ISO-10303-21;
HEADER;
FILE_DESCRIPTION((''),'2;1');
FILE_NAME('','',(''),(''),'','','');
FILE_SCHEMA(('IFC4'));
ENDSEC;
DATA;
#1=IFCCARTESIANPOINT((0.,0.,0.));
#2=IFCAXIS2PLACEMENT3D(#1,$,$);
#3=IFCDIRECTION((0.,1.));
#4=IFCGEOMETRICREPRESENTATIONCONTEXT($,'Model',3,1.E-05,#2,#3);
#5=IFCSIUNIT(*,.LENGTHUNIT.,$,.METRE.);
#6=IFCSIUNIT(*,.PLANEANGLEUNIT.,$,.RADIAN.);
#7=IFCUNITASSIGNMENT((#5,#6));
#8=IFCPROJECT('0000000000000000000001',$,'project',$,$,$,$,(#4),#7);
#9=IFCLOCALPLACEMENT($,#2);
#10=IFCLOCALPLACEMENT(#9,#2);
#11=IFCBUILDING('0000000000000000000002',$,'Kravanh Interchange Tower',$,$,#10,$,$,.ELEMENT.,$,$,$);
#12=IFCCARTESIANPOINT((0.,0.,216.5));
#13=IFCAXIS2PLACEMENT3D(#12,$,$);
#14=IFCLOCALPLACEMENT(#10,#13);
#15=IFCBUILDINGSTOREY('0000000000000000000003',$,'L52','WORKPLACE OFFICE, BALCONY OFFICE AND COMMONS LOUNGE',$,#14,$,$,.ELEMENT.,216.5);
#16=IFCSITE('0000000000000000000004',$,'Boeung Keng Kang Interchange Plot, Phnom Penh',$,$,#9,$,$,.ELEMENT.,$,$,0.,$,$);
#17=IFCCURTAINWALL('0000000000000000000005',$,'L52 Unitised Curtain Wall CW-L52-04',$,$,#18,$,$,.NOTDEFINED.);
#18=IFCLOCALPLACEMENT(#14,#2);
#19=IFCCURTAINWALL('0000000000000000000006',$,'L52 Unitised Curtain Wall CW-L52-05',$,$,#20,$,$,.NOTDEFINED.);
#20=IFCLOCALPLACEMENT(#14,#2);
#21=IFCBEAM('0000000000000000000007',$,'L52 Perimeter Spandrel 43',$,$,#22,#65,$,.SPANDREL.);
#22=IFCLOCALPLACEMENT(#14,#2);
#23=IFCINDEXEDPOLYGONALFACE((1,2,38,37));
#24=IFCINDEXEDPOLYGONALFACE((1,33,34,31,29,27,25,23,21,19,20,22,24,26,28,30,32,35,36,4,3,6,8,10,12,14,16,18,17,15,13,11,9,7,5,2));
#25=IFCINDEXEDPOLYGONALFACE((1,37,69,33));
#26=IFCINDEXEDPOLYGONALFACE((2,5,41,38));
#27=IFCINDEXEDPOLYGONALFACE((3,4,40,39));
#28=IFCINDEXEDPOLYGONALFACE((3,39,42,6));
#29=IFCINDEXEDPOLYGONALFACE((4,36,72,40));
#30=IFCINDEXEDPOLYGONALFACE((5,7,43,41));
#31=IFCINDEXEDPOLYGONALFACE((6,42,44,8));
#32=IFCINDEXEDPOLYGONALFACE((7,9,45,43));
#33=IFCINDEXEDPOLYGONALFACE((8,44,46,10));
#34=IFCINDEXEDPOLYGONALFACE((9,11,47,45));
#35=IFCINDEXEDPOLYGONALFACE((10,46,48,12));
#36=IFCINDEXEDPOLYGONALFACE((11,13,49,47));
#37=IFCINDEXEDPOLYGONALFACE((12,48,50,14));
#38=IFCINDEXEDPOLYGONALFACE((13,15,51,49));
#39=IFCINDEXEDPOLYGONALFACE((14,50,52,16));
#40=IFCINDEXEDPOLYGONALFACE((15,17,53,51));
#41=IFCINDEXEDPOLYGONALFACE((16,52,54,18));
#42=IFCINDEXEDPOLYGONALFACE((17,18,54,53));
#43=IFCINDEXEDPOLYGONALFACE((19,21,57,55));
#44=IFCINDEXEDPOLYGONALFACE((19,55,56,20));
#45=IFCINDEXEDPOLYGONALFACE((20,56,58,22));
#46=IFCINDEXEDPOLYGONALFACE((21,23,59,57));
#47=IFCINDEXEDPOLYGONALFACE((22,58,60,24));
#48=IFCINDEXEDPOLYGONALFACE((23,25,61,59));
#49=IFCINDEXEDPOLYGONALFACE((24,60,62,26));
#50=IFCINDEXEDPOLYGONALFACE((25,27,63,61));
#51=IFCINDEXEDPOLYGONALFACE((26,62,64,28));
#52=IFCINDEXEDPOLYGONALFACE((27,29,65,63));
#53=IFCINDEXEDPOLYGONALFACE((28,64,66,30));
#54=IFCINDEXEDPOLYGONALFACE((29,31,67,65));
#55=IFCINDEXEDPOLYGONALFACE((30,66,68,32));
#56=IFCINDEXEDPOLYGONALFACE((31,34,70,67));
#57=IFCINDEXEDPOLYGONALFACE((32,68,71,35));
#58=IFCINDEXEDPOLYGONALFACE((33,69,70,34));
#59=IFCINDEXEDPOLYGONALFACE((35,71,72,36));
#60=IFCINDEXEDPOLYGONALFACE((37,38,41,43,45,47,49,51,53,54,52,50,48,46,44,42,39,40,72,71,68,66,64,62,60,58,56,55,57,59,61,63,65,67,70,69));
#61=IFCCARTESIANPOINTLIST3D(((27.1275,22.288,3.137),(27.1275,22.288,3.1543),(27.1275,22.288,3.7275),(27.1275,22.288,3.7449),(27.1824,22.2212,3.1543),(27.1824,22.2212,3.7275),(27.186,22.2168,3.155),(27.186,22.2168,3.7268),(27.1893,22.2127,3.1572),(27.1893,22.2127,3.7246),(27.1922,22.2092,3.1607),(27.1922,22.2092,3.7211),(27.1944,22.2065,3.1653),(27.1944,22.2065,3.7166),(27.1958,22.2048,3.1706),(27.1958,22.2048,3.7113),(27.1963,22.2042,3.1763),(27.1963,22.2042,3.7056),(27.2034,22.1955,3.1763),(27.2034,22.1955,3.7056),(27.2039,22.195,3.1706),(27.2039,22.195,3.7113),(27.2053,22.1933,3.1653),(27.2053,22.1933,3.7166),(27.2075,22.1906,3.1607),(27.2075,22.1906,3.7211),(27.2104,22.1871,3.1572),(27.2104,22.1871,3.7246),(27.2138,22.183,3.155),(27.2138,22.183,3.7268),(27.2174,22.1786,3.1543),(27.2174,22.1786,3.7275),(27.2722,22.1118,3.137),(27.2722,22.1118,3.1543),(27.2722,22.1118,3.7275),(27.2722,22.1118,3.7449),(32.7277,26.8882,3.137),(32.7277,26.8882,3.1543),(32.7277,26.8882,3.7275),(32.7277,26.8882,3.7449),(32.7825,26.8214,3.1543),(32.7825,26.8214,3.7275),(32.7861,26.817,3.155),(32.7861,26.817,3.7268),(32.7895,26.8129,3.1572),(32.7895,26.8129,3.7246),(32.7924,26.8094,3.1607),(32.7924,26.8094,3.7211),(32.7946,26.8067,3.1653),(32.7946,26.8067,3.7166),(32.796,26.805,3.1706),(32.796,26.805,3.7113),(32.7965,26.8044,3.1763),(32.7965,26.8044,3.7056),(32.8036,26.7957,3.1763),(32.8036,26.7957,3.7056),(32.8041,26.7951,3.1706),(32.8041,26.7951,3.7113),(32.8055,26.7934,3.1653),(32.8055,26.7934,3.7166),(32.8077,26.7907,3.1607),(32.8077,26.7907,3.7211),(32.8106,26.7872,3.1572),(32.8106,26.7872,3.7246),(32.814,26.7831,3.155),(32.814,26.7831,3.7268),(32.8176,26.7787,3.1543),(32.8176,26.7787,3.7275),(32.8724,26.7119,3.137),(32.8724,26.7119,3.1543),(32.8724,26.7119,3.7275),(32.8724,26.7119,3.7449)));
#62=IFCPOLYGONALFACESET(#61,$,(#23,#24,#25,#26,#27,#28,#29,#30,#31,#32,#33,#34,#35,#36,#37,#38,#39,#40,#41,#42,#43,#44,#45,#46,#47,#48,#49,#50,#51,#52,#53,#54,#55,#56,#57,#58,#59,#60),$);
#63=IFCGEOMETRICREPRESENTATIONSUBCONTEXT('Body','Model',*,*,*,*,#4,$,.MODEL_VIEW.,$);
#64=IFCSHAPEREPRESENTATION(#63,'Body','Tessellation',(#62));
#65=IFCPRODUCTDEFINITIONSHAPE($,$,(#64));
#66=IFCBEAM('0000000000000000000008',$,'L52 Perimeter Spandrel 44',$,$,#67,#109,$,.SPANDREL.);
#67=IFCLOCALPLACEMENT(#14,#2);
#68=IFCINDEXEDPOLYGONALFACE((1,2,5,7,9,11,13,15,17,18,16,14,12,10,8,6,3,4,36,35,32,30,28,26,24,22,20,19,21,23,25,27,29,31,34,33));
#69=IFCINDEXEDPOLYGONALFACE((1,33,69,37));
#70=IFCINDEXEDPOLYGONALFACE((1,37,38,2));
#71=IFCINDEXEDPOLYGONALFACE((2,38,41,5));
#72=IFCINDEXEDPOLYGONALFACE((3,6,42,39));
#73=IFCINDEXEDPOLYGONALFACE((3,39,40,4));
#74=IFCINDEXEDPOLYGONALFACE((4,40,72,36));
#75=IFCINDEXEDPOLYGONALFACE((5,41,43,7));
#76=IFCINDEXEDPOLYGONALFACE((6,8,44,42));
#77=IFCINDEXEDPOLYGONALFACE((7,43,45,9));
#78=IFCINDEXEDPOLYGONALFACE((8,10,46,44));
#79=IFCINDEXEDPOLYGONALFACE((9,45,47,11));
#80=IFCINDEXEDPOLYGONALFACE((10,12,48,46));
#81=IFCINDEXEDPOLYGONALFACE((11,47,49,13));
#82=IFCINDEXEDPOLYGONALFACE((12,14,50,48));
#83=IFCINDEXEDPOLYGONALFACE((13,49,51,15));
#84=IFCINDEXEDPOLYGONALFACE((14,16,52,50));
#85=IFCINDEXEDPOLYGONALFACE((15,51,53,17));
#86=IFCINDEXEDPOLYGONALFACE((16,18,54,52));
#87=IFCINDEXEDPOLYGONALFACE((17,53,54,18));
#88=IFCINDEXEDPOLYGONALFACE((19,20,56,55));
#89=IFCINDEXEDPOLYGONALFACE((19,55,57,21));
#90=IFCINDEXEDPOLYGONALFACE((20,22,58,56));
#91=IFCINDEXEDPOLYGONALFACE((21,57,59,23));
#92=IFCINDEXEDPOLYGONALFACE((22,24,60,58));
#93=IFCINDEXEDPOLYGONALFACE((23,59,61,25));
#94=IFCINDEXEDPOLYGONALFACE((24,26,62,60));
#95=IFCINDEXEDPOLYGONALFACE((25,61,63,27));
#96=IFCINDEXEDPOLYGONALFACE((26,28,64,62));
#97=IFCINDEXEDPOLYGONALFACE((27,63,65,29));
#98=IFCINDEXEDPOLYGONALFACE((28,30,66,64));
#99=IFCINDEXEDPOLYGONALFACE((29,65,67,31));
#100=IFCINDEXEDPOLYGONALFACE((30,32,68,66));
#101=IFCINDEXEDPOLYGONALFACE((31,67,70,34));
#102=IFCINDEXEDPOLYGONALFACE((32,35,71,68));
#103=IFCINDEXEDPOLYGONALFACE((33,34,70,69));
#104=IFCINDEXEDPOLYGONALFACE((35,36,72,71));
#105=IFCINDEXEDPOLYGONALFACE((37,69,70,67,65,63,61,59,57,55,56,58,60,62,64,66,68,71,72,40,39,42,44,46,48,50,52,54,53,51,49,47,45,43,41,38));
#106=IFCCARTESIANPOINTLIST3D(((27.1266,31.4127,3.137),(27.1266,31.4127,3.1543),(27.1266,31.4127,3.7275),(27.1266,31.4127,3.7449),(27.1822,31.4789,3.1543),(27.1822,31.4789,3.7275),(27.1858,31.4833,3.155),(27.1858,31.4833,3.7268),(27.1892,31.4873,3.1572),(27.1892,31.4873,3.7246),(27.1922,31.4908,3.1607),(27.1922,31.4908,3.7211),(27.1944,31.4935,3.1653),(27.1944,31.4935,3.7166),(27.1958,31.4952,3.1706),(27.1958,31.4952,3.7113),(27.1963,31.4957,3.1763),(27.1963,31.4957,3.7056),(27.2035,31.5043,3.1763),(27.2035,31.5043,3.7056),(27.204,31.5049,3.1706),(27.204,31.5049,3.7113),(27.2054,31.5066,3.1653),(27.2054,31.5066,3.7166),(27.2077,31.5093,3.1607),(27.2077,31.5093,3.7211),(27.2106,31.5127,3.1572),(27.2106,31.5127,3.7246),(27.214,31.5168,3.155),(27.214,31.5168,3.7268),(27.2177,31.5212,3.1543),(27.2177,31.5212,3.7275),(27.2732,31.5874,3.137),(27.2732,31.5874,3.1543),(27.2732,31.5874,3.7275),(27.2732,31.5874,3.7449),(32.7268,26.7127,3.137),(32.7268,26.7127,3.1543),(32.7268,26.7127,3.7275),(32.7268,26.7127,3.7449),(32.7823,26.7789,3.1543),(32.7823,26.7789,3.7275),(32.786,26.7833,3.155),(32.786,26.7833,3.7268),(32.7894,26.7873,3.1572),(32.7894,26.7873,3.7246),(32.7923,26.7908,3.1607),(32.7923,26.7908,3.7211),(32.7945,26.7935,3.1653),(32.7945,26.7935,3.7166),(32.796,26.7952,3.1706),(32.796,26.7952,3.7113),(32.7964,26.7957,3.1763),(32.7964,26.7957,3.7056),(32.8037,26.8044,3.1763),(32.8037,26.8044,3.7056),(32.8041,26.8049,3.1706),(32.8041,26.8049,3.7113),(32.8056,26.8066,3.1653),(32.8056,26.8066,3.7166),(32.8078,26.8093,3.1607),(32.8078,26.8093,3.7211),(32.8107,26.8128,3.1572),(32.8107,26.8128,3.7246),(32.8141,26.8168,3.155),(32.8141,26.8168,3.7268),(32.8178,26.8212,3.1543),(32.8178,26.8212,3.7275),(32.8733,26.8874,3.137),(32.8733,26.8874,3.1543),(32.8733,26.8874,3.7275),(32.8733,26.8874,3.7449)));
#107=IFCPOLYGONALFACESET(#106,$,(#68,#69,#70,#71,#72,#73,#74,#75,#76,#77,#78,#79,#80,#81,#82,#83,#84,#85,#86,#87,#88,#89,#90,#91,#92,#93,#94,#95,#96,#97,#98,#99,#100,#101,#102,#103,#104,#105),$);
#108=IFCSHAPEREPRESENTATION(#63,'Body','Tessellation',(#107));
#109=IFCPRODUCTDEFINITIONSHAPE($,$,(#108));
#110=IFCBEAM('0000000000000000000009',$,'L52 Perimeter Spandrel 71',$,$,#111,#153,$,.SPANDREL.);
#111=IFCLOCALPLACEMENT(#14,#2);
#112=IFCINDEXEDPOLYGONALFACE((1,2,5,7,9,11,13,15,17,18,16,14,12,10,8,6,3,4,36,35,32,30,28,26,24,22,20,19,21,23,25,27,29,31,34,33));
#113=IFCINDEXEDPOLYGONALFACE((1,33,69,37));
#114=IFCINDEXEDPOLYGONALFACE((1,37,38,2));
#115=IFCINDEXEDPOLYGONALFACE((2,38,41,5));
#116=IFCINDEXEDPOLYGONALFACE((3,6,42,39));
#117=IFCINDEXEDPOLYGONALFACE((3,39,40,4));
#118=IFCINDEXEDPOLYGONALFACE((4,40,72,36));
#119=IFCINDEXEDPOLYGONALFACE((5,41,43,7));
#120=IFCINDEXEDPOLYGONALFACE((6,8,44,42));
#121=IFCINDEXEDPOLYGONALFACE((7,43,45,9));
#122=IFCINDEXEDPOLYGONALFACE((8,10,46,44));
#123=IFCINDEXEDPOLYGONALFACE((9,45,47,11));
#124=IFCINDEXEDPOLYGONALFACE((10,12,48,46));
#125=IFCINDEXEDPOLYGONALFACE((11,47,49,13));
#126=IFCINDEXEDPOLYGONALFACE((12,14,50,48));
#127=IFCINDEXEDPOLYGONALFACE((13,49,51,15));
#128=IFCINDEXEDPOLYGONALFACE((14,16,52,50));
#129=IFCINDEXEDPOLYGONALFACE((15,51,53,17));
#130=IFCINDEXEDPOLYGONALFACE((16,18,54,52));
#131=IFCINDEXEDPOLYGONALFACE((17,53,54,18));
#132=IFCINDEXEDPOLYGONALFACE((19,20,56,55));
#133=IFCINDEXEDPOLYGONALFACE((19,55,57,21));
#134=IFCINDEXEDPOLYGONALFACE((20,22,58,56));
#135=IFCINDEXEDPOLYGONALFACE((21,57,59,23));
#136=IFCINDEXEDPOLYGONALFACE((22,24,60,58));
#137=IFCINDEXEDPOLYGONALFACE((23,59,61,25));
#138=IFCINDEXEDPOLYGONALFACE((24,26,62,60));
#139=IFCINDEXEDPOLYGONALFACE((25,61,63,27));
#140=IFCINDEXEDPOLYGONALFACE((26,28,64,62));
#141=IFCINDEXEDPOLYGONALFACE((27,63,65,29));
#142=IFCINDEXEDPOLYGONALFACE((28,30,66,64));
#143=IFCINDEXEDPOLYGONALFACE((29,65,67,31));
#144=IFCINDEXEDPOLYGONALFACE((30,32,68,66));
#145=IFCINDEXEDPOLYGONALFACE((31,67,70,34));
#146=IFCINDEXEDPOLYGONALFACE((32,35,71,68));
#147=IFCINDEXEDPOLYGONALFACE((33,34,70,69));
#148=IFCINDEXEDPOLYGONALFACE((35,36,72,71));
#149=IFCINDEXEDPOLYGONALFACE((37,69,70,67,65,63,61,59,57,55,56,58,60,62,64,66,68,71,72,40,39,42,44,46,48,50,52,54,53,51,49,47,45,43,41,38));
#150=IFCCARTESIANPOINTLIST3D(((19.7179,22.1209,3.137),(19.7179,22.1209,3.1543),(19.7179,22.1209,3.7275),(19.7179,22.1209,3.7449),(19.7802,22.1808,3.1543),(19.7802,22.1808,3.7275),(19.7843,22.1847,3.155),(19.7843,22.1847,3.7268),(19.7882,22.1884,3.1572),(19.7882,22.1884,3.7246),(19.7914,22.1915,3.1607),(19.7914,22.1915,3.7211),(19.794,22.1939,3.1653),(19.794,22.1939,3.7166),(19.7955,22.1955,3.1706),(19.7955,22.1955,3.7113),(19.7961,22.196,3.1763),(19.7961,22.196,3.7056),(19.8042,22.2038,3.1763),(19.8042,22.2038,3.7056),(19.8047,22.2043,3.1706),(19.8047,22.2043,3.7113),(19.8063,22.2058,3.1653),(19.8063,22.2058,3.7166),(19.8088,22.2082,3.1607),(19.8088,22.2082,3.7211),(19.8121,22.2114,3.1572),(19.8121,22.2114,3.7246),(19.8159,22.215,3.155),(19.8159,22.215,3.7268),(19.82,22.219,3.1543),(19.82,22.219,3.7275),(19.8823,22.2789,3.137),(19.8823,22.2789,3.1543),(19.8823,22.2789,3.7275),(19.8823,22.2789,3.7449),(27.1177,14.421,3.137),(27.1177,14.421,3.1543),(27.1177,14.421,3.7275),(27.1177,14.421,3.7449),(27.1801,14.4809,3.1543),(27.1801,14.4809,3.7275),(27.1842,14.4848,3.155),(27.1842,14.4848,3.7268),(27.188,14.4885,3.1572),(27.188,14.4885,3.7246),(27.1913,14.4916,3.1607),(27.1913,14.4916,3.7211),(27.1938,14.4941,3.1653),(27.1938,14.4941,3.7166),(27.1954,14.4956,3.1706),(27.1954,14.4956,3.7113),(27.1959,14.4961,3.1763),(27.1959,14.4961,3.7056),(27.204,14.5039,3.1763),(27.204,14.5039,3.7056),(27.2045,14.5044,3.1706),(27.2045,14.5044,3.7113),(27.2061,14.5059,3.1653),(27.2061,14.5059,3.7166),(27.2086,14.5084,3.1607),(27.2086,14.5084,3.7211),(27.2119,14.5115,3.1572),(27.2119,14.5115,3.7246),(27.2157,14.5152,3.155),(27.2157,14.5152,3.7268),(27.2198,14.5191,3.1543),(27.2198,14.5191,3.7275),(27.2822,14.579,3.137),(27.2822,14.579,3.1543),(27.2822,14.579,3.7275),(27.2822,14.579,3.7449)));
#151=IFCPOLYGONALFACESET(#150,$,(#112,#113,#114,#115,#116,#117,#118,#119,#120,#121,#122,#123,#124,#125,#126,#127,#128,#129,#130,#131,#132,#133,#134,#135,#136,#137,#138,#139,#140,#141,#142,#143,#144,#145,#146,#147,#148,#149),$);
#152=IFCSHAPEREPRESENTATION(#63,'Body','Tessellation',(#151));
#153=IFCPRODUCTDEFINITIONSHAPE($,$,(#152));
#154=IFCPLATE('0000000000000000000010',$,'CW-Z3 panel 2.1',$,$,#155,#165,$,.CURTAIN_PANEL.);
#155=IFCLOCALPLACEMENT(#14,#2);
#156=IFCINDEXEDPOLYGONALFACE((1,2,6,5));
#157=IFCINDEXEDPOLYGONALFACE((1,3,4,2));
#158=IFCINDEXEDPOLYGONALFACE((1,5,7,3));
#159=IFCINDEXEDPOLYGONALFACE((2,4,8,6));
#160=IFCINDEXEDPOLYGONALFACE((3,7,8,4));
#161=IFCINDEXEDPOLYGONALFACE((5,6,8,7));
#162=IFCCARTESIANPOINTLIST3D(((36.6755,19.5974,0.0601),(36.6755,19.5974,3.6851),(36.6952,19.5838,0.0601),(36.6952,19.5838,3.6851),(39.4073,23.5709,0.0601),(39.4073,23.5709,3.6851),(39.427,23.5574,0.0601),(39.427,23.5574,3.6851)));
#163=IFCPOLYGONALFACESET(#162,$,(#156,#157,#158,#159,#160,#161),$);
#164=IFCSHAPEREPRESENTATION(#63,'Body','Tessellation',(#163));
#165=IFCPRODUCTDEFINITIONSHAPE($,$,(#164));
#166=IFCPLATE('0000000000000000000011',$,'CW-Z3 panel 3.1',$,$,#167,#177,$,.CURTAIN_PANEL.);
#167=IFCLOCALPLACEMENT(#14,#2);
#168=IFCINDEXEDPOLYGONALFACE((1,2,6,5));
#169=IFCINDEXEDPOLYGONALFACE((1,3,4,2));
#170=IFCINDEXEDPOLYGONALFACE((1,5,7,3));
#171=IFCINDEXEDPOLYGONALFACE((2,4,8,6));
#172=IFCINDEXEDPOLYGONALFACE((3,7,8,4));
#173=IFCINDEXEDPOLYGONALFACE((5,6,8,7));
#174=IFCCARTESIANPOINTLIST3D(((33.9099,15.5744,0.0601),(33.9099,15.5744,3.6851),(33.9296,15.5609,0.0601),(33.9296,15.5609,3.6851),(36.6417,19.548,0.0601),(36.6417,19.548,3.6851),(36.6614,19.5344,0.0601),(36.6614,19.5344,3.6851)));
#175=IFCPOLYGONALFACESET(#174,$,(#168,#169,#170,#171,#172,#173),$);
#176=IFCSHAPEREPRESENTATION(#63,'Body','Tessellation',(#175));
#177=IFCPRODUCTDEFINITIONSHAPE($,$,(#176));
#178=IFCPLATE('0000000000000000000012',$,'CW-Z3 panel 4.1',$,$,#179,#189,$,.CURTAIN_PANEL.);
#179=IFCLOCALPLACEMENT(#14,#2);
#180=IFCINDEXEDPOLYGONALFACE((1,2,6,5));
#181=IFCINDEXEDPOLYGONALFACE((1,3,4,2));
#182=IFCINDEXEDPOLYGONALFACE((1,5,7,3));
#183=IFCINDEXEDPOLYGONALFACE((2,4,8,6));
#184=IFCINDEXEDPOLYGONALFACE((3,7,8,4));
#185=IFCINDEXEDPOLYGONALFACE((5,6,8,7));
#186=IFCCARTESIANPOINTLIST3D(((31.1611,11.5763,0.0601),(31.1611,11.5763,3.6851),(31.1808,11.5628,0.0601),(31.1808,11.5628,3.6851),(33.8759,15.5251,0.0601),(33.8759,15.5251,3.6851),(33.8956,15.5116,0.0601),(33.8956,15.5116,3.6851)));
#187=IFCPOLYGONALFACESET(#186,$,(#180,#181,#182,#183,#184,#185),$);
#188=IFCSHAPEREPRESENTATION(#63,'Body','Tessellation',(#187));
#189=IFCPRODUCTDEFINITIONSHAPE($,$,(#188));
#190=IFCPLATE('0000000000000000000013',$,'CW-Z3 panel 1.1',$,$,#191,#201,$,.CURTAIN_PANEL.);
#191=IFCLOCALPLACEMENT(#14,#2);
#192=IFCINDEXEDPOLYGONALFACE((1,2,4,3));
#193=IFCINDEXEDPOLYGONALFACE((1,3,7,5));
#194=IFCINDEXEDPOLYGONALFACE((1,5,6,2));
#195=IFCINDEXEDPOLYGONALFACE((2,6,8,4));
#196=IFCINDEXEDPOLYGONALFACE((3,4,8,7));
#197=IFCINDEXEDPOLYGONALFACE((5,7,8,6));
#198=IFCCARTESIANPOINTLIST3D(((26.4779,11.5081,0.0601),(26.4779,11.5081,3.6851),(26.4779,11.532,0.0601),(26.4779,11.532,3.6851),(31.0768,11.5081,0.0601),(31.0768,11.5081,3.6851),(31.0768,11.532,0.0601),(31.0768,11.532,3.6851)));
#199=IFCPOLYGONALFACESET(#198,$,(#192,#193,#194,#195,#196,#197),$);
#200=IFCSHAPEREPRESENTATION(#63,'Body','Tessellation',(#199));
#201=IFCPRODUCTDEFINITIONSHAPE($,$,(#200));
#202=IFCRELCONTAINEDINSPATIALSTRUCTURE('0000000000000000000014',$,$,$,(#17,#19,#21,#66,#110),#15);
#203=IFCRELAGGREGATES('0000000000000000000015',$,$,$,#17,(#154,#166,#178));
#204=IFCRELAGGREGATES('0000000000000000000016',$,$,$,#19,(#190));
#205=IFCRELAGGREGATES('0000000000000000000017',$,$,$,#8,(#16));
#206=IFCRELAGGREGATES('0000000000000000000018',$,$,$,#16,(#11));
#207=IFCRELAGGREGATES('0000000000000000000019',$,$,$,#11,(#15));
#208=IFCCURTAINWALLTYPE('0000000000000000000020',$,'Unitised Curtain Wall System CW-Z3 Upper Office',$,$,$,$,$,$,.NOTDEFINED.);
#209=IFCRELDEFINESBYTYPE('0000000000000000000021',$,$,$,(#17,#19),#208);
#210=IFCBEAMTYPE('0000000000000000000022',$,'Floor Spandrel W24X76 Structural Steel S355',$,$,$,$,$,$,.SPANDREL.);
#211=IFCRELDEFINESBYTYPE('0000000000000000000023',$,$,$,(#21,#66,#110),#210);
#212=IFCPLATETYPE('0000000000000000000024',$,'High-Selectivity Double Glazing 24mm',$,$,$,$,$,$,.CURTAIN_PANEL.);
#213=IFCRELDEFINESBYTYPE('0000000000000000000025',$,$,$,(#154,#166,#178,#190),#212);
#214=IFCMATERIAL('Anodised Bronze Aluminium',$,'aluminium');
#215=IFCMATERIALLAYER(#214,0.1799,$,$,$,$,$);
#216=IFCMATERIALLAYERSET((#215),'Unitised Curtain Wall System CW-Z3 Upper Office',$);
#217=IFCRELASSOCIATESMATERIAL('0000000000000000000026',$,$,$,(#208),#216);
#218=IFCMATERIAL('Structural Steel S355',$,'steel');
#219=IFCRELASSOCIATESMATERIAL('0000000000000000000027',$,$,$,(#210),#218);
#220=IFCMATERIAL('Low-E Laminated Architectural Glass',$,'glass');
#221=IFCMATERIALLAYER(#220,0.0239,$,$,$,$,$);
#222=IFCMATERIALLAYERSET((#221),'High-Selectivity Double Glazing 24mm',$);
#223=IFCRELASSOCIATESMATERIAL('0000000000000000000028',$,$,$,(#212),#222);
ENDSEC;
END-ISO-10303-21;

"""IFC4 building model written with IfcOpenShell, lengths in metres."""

from ifc_helpers import new_model, si_unit, direction, frame, origin, origin_2d, place, context, subcontext, project, spatial, rectangle, i_section, extrude, material, layer, layer_set, material_profile, profile_set, type_object, element, aggregate, save


model = new_model("IFC4")

# Units and contexts
model_context = context("Model", 3, precision=1e-05, world=origin(), true_north=direction((0.0, 1.0)))
body_context = subcontext(model_context, "Body", "Model", "MODEL_VIEW")
ifc_project = project(units=[si_unit("LENGTHUNIT", "METRE"), si_unit("PLANEANGLEUNIT", "RADIAN")], contexts=[model_context])

# Site, building, storey
site_placement = place(None, origin())
site = spatial("IfcSite", under=ifc_project, at=site_placement, Name="Boeung Keng Kang Interchange Plot, Phnom Penh", CompositionType="ELEMENT", RefElevation=0.0)
building_placement = place(site_placement, origin())
building = spatial("IfcBuilding", under=site, at=building_placement, Name="Kravanh Interchange Tower", CompositionType="ELEMENT")
storey_placement = place(building_placement, frame((0.0, 0.0, 216.5)))
storey = spatial("IfcBuildingStorey", under=building, at=storey_placement, Name="L52", Description="WORKPLACE OFFICE, BALCONY OFFICE AND COMMONS LOUNGE", CompositionType="ELEMENT", Elevation=216.5)

# Curtain walls
ifc_material_1 = material(Name="Anodised Bronze Aluminium", Category="aluminium")
ifc_layer_1 = layer(ifc_material_1, 0.1799)
ifc_layer_set_1 = layer_set([ifc_layer_1], Name="Unitised Curtain Wall System CW-Z3 Upper Office")
curtain_wall_type = type_object("IfcCurtainWallType", Name="Unitised Curtain Wall System CW-Z3 Upper Office", PredefinedType="NOTDEFINED", material=ifc_layer_set_1)
curtain_wall_1_placement = place(storey_placement, origin())
curtain_wall_1 = element("IfcCurtainWall", 1, at=curtain_wall_1_placement, inside=storey, type_object=curtain_wall_type, Name="L52 Unitised Curtain Wall CW-L52-04", PredefinedType="NOTDEFINED")
curtain_wall_2_placement = place(storey_placement, origin())
curtain_wall_2 = element("IfcCurtainWall", 2, at=curtain_wall_2_placement, inside=storey, type_object=curtain_wall_type, Name="L52 Unitised Curtain Wall CW-L52-05", PredefinedType="NOTDEFINED")

# Beams
ifc_material_2 = material(Name="Structural Steel S355", Category="steel")
ifc_material_profile_1 = material_profile(ifc_material_2, i_section(OverallWidth=0.228, OverallDepth=0.6079, WebThickness=0.0112, FlangeThickness=0.0173, FilletRadius=0.022, at=origin_2d()), Name="W24X76")
ifc_profile_set_1 = profile_set([ifc_material_profile_1], Name="Structural Steel S355")
beam_type_1 = type_object("IfcBeamType", Name="Floor Spandrel W24X76 Structural Steel S355", PredefinedType="SPANDREL", material=ifc_profile_set_1)
beam_1_placement = place(storey_placement, frame((32.8, 26.8, 3.4409), z_axis=(-0.772725, -0.634741, 0.0), x_axis=(0.634741, -0.772725, 0.0)))
element("IfcBeam", 3, at=beam_1_placement, inside=storey, type_object=beam_type_1, Name="L52 Perimeter Spandrel 43", PredefinedType="SPANDREL", context=body_context, shape_type="SweptSolid", body=[
    extrude(i_section(OverallWidth=0.228, OverallDepth=0.6079, WebThickness=0.0112, FlangeThickness=0.0173, FilletRadius=0.022, at=origin_2d()), origin(), (0.0, 0.0, 1.0), 7.2473),
])
beam_2_placement = place(storey_placement, frame((32.8, 26.8, 3.4409), z_axis=(-0.765983, 0.642861, 0.0), x_axis=(-0.642861, -0.765983, 0.0)))
element("IfcBeam", 4, at=beam_2_placement, inside=storey, type_object=beam_type_1, Name="L52 Perimeter Spandrel 44", PredefinedType="SPANDREL", context=body_context, shape_type="SweptSolid", body=[
    extrude(i_section(OverallWidth=0.228, OverallDepth=0.6079, WebThickness=0.0112, FlangeThickness=0.0173, FilletRadius=0.022, at=origin_2d()), origin(), (0.0, 0.0, 1.0), 7.311),
])
beam_3_placement = place(storey_placement, frame((27.2, 14.5, 3.4409), z_axis=(-0.692919, 0.721015, 0.0), x_axis=(-0.721015, -0.692919, 0.0)))
element("IfcBeam", 5, at=beam_3_placement, inside=storey, type_object=beam_type_1, Name="L52 Perimeter Spandrel 71", PredefinedType="SPANDREL", context=body_context, shape_type="SweptSolid", body=[
    extrude(i_section(OverallWidth=0.228, OverallDepth=0.6079, WebThickness=0.0112, FlangeThickness=0.0173, FilletRadius=0.022, at=origin_2d()), origin(), (0.0, 0.0, 1.0), 10.6792),
])

# Plates
ifc_material_3 = material(Name="Low-E Laminated Architectural Glass", Category="glass")
ifc_layer_2 = layer(ifc_material_3, 0.0239)
ifc_layer_set_2 = layer_set([ifc_layer_2], Name="High-Selectivity Double Glazing 24mm")
plate_type = type_object("IfcPlateType", Name="High-Selectivity Double Glazing 24mm", PredefinedType="CURTAIN_PANEL", material=ifc_layer_set_2)
plate_1_placement = place(storey_placement, frame((38.0513, 21.5774, 0.0601), z_axis=(0.0, 0.0, 1.0), x_axis=(-0.566528, -0.824042, 0.0)))
plate_1 = element("IfcPlate", 6, at=plate_1_placement, type_object=plate_type, Name="CW-Z3 panel 2.1", PredefinedType="CURTAIN_PANEL", context=body_context, shape_type="SweptSolid", body=[
    extrude(rectangle(XDim=4.822, YDim=0.0239, at=origin_2d()), origin(), (0.0, 0.0, 1.0), 3.625),
])
plate_2_placement = place(storey_placement, frame((35.2856, 17.5544, 0.0601), z_axis=(0.0, 0.0, 1.0), x_axis=(-0.566528, -0.824042, 0.0)))
plate_2 = element("IfcPlate", 7, at=plate_2_placement, type_object=plate_type, Name="CW-Z3 panel 3.1", PredefinedType="CURTAIN_PANEL", context=body_context, shape_type="SweptSolid", body=[
    extrude(rectangle(XDim=4.822, YDim=0.0239, at=origin_2d()), origin(), (0.0, 0.0, 1.0), 3.625),
])
plate_3_placement = place(storey_placement, frame((32.5283, 13.5439, 0.0601), z_axis=(0.0, 0.0, 1.0), x_axis=(-0.566528, -0.824042, 0.0)))
plate_3 = element("IfcPlate", 8, at=plate_3_placement, type_object=plate_type, Name="CW-Z3 panel 4.1", PredefinedType="CURTAIN_PANEL", context=body_context, shape_type="SweptSolid", body=[
    extrude(rectangle(XDim=4.792, YDim=0.0239, at=origin_2d()), origin(), (0.0, 0.0, 1.0), 3.625),
])
aggregate(curtain_wall_1, [plate_1, plate_2, plate_3])
plate_4_placement = place(storey_placement, frame((28.7773, 11.52, 0.0601), z_axis=(0.0, 0.0, 1.0), x_axis=(-1.0, 0.0, 0.0)))
plate_4 = element("IfcPlate", 9, at=plate_4_placement, type_object=plate_type, Name="CW-Z3 panel 1.1", PredefinedType="CURTAIN_PANEL", context=body_context, shape_type="SweptSolid", body=[
    extrude(rectangle(XDim=4.5989, YDim=0.0239, at=origin_2d()), origin(), (0.0, 0.0, 1.0), 3.625),
])
aggregate(curtain_wall_2, [plate_4])

save(model, "model.ifc")
